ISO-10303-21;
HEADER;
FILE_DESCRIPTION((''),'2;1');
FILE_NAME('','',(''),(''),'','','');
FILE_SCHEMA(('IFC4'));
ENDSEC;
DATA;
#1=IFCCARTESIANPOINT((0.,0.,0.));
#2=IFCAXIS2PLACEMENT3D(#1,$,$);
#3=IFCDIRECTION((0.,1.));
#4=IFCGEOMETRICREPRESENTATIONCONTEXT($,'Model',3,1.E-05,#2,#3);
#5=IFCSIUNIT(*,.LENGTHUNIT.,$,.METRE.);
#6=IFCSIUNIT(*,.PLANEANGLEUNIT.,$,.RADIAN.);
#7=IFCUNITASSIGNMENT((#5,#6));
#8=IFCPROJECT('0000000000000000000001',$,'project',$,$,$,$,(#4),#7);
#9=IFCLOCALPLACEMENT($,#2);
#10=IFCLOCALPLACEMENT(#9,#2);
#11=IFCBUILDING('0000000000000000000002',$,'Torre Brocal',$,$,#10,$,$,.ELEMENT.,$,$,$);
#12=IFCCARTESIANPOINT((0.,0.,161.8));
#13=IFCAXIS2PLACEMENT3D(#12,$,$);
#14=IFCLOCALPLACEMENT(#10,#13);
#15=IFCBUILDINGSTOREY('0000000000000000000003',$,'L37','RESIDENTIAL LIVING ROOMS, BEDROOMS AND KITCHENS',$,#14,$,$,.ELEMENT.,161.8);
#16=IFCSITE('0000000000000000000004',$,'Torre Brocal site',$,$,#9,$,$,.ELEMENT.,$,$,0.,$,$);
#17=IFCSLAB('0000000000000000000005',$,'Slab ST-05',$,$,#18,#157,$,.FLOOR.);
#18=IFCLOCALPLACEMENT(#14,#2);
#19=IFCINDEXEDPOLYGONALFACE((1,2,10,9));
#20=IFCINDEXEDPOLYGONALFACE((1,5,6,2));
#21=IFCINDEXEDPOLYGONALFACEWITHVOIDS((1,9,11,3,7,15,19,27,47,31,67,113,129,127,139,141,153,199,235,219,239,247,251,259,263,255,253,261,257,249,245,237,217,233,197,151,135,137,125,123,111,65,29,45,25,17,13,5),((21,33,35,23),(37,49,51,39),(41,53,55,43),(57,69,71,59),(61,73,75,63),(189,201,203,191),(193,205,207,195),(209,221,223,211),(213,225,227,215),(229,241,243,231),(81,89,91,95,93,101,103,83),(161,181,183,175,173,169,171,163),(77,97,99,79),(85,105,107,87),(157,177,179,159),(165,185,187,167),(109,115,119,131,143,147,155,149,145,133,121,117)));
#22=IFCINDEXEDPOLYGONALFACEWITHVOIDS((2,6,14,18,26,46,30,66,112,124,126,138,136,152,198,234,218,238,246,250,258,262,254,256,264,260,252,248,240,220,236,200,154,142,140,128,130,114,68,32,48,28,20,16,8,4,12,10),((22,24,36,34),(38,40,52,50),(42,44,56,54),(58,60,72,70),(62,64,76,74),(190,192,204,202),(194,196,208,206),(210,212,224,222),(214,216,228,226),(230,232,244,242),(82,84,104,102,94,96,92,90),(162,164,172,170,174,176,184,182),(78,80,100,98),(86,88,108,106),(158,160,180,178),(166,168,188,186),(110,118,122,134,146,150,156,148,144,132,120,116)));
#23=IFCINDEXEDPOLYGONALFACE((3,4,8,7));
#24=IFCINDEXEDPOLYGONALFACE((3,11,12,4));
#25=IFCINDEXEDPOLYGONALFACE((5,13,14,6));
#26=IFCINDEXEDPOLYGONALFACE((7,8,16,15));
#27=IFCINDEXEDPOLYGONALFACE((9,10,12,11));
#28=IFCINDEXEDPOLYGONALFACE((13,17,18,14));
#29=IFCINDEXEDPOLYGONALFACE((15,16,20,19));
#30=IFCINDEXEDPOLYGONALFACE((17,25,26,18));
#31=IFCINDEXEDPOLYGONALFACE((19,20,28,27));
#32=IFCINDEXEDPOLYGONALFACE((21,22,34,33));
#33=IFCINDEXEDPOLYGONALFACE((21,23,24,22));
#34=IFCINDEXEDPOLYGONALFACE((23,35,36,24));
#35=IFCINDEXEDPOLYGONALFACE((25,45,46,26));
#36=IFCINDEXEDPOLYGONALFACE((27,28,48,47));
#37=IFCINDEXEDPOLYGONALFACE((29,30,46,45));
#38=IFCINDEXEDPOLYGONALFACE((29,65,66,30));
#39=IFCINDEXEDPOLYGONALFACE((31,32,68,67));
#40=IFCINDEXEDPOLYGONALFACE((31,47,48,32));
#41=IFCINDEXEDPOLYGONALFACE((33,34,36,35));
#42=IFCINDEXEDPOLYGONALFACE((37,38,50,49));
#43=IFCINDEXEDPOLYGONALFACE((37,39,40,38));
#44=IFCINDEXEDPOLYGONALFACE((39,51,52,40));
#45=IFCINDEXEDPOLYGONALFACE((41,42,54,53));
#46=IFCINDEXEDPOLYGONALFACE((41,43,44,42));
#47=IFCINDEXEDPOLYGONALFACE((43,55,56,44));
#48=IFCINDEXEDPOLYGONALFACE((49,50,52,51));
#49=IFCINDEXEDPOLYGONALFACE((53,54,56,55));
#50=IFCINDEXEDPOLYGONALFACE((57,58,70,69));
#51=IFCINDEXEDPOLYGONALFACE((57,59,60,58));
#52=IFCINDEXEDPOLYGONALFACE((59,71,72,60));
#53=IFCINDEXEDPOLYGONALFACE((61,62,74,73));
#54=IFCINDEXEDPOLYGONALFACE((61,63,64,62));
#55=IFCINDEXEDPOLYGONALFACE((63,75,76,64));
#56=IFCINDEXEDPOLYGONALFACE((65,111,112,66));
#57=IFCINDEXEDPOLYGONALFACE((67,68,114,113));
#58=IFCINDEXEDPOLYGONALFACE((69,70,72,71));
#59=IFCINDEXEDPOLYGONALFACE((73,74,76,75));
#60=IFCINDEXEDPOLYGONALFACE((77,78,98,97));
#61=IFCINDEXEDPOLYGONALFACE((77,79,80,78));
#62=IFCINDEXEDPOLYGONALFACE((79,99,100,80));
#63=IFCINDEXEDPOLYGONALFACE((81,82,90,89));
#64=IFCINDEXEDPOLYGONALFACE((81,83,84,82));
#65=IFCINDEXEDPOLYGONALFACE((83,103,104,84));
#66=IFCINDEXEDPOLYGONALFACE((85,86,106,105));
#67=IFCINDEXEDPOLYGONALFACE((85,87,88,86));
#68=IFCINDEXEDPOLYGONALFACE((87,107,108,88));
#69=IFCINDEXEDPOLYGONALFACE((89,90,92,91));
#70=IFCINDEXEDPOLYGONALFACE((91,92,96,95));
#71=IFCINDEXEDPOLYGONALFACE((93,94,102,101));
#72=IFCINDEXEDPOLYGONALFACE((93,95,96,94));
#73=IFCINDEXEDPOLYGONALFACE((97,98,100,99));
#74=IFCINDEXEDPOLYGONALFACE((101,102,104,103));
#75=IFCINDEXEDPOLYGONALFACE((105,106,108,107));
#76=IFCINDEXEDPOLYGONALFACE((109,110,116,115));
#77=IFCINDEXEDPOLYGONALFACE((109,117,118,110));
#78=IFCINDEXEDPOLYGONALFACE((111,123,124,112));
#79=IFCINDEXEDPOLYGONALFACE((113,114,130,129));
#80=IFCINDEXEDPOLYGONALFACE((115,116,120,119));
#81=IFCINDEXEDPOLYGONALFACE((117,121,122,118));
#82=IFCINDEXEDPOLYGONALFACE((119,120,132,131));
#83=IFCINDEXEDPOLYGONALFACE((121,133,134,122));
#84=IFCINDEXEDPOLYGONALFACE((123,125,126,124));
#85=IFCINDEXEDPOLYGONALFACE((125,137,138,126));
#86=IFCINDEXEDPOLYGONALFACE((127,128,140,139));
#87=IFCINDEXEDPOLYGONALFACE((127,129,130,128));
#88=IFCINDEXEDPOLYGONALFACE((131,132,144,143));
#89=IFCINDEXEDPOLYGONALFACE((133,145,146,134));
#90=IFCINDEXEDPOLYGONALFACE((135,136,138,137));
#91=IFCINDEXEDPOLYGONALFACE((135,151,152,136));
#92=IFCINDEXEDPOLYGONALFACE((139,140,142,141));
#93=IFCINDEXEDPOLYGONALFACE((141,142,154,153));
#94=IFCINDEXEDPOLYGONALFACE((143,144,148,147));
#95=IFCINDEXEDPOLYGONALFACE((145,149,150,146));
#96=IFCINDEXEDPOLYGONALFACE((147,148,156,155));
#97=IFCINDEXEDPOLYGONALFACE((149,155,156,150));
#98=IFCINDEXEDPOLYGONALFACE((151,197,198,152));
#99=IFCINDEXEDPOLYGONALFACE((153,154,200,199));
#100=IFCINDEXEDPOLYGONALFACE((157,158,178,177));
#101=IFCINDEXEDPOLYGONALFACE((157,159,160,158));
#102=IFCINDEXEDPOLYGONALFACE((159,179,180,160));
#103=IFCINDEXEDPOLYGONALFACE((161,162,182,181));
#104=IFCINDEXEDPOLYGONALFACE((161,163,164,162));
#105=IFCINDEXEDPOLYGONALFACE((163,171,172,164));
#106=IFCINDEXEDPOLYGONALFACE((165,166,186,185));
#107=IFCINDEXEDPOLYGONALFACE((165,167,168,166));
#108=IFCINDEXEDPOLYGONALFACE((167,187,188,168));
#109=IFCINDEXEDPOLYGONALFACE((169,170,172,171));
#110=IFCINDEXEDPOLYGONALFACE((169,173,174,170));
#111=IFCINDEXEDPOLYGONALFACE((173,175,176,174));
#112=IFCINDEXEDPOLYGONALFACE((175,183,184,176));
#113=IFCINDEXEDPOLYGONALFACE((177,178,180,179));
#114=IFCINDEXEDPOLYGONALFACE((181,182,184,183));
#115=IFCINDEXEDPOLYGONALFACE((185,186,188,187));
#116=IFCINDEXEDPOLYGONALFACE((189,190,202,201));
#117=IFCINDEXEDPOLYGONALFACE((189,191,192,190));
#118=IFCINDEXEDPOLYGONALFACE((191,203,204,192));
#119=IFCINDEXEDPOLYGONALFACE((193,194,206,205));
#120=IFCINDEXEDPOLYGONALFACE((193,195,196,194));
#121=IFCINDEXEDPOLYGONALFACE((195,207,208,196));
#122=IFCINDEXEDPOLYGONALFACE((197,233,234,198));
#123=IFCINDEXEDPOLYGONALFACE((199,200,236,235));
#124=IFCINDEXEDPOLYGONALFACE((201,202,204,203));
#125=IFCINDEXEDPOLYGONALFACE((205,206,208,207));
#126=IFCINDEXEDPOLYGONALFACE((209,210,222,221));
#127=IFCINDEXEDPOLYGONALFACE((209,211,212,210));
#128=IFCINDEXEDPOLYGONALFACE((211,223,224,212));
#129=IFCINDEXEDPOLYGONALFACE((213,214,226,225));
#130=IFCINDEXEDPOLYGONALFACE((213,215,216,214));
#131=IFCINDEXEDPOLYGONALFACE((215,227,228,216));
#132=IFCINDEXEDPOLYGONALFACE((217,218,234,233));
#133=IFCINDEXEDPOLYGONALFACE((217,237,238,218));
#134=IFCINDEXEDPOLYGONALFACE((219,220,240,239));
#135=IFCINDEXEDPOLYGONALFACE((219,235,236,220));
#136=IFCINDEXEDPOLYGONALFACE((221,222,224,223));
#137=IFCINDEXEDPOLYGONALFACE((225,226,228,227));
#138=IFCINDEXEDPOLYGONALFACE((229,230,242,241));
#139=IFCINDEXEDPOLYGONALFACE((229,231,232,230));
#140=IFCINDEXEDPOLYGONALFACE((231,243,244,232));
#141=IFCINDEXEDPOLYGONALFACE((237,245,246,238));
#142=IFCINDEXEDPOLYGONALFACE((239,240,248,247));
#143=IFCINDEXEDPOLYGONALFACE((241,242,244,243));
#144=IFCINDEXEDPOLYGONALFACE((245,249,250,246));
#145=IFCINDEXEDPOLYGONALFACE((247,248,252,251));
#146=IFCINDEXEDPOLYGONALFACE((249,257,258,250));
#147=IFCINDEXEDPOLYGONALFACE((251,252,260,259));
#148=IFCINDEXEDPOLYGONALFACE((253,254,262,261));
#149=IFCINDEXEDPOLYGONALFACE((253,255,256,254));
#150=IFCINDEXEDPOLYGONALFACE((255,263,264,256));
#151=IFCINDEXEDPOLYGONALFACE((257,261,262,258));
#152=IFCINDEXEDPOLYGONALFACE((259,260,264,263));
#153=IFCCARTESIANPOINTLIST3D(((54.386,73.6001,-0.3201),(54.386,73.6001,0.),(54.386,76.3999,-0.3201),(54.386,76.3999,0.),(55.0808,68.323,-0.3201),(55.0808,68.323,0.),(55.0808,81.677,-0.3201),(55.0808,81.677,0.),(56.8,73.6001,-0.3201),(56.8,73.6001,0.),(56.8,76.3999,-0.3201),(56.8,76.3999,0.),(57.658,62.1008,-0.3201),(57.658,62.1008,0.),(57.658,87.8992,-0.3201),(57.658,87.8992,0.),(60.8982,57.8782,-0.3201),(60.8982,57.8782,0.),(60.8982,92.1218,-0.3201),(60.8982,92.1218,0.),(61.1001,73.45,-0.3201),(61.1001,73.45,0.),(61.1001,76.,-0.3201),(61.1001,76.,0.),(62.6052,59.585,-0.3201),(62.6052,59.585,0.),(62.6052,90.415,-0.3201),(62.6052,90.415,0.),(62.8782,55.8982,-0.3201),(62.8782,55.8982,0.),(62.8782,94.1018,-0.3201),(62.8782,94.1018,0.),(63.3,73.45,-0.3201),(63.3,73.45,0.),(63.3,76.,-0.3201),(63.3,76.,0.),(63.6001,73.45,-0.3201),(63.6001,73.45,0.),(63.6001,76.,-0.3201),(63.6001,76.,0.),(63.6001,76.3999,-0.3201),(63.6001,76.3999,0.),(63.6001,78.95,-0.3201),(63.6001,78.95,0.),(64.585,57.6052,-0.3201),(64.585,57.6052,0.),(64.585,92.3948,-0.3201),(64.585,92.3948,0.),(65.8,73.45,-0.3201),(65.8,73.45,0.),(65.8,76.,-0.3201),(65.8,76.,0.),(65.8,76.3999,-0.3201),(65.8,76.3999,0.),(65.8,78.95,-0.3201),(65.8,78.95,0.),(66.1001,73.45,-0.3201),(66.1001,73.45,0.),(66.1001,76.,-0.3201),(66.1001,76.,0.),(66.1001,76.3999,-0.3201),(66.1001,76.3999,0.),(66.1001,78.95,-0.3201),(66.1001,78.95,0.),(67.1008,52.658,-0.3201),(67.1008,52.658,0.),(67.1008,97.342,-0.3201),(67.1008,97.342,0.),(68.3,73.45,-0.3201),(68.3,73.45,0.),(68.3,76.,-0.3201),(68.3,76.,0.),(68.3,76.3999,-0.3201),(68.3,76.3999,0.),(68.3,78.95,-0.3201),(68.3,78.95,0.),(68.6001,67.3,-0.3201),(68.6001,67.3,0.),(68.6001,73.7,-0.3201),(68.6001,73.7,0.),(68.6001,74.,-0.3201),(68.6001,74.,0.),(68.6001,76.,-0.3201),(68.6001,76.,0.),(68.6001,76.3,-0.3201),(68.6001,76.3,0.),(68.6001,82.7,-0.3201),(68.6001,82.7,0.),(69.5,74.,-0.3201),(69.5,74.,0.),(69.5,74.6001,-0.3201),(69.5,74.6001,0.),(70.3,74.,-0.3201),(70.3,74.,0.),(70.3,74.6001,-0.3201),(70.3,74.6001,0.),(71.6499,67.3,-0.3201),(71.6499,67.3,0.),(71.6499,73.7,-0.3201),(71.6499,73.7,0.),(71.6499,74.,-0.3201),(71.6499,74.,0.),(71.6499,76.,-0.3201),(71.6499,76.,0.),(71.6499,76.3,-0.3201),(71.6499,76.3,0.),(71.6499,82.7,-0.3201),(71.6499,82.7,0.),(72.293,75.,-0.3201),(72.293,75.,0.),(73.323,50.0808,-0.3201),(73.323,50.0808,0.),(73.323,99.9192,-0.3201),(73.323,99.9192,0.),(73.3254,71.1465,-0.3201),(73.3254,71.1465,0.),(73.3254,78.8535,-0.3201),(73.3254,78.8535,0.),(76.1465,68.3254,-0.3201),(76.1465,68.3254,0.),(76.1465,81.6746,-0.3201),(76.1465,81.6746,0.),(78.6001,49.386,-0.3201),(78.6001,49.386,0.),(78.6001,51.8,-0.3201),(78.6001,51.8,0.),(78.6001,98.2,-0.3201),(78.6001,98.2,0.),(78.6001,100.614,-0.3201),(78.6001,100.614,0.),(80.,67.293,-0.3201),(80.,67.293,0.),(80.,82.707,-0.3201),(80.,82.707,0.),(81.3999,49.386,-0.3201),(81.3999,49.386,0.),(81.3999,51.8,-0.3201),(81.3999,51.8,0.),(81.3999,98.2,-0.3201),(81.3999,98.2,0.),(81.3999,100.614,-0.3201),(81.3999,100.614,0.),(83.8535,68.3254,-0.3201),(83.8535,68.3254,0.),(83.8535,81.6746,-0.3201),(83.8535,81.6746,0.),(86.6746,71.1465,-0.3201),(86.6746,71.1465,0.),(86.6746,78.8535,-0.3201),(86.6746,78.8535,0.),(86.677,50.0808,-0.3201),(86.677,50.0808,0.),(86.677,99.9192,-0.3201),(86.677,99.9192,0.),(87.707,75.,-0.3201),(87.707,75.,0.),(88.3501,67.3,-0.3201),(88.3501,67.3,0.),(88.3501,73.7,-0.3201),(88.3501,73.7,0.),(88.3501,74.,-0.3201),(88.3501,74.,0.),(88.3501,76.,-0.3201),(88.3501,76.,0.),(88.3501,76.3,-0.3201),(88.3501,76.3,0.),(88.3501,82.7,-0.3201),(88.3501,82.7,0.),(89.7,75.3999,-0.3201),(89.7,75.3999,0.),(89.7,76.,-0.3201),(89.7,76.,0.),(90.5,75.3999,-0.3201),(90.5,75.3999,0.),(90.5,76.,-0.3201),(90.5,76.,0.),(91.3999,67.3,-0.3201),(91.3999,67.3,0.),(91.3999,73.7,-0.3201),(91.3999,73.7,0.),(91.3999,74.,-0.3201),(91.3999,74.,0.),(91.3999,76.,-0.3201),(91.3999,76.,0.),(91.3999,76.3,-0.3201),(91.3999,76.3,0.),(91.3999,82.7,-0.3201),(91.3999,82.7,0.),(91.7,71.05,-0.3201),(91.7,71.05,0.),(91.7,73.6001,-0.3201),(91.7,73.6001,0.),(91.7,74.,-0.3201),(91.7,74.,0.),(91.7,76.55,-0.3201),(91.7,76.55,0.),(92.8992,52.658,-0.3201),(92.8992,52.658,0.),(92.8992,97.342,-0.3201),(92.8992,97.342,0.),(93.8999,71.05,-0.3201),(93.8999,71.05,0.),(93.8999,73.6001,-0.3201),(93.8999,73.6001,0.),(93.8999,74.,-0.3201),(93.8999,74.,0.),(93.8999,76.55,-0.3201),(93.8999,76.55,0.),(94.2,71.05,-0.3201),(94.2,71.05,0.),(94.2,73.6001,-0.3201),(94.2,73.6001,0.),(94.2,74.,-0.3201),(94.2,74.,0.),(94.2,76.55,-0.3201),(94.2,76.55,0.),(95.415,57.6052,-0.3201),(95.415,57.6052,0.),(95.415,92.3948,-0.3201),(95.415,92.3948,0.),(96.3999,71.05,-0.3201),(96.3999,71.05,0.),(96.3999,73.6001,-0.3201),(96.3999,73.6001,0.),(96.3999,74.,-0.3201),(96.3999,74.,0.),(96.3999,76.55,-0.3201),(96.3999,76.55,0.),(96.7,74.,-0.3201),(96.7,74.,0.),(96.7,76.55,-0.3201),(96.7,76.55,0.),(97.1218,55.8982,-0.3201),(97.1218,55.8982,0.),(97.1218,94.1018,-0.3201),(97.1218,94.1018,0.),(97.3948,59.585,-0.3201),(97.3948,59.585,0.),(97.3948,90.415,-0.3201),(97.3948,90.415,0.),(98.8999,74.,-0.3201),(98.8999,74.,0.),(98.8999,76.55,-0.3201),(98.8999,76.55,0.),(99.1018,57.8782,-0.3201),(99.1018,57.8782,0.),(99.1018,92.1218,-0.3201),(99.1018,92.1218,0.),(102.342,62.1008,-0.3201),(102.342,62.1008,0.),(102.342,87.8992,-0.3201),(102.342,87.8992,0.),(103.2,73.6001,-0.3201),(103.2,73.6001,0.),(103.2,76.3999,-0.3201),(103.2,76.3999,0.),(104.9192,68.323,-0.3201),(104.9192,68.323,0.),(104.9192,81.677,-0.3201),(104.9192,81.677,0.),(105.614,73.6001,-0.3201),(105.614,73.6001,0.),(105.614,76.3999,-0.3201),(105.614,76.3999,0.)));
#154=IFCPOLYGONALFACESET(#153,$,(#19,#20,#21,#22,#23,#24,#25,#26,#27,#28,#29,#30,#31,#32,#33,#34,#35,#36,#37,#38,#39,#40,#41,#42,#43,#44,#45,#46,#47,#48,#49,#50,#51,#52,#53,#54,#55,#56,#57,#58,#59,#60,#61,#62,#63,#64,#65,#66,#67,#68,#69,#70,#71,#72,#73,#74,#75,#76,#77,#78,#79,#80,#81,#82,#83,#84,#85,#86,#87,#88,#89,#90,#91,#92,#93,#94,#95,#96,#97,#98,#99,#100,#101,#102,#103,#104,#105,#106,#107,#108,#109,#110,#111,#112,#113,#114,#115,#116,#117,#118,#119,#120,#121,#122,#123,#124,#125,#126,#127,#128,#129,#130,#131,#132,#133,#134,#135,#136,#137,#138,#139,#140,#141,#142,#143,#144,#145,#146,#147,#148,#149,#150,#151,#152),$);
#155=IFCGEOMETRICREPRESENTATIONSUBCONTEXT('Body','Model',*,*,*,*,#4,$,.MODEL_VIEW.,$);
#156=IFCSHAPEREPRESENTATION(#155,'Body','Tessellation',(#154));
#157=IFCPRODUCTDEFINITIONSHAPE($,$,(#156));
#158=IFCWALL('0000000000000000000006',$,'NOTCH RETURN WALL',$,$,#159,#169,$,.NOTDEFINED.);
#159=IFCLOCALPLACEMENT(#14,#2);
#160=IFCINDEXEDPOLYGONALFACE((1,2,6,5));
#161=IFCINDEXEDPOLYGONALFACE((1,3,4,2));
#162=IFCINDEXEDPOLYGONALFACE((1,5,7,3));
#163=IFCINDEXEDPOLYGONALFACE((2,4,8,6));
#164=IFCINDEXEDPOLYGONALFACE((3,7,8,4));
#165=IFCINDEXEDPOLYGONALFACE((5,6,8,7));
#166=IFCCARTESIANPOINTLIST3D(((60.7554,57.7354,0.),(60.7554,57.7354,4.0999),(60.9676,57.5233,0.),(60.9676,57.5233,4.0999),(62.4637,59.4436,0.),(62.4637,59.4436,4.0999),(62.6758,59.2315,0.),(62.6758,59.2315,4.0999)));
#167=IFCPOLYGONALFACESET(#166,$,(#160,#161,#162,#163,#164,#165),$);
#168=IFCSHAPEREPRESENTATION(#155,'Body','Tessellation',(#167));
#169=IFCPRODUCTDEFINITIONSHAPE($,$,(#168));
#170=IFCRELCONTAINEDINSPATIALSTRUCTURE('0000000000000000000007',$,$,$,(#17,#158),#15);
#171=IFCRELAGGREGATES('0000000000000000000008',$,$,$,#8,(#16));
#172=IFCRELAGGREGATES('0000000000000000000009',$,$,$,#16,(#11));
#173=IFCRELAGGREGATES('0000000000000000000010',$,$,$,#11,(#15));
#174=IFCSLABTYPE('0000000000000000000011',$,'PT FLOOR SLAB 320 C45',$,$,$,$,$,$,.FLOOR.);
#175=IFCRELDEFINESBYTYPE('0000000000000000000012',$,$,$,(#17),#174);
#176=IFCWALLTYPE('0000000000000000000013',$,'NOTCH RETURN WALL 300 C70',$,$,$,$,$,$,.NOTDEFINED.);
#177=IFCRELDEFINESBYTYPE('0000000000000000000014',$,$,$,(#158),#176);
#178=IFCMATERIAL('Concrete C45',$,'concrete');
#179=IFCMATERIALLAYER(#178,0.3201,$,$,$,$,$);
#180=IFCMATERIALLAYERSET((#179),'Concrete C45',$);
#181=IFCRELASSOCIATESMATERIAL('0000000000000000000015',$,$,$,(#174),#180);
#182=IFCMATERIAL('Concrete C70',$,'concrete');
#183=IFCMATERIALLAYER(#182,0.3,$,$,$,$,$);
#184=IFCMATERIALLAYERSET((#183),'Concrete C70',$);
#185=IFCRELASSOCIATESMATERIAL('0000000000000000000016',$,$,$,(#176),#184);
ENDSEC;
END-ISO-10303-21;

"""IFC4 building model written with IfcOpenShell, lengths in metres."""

from ifc_helpers import new_model, si_unit, direction, frame, frame_2d, origin, place, context, subcontext, project, spatial, polyline, rectangle, outline, extrude, material, layer, layer_set, type_object, element, save


model = new_model("IFC4")

# Units and contexts
model_context = context("Model", 3, precision=1e-05, world=origin(), true_north=direction((0.0, 1.0)))
body_context = subcontext(model_context, "Body", "Model", "MODEL_VIEW")
ifc_project = project(units=[si_unit("LENGTHUNIT", "METRE"), si_unit("PLANEANGLEUNIT", "RADIAN")], contexts=[model_context])

# Site, building, storey
site_placement = place(None, origin())
site = spatial("IfcSite", under=ifc_project, at=site_placement, Name="Torre Brocal site", CompositionType="ELEMENT", RefElevation=0.0)
building_placement = place(site_placement, origin())
building = spatial("IfcBuilding", under=site, at=building_placement, Name="Torre Brocal", CompositionType="ELEMENT")
storey_placement = place(building_placement, frame((0.0, 0.0, 161.8)))
storey = spatial("IfcBuildingStorey", under=building, at=storey_placement, Name="L37", Description="RESIDENTIAL LIVING ROOMS, BEDROOMS AND KITCHENS", CompositionType="ELEMENT", Elevation=161.8)

# Slab
ifc_material_1 = material(Name="Concrete C45", Category="concrete")
ifc_layer_1 = layer(ifc_material_1, 0.3201)
ifc_layer_set_1 = layer_set([ifc_layer_1], Name="Concrete C45")
slab_type_1 = type_object("IfcSlabType", Name="PT FLOOR SLAB 320 C45", PredefinedType="FLOOR", material=ifc_layer_set_1)
slab_1_placement = place(storey_placement, frame((0.0, 0.0, -0.3201)))
element("IfcSlab", 1, at=slab_1_placement, inside=storey, type_object=slab_type_1, Name="Slab ST-05", PredefinedType="FLOOR", context=body_context, shape_type="SweptSolid", body=[
    extrude(outline(polyline([(103.2, 76.3999), (103.2, 73.6001), (105.614, 73.6001), (104.9192, 68.323), (102.342, 62.1008), (99.1018, 57.8782), (97.3948, 59.585), (95.415, 57.6052), (97.1218, 55.8982), (92.8992, 52.658), (86.677, 50.0808), (81.3999, 49.386), (81.3999, 51.8), (78.6001, 51.8), (78.6001, 49.386), (73.323, 50.0808), (67.1008, 52.658), (62.8782, 55.8982), (64.585, 57.6052), (62.6052, 59.585), (60.8982, 57.8782), (57.658, 62.1008), (55.0808, 68.323), (54.386, 73.6001), (56.8, 73.6001), (56.8, 76.3999), (54.386, 76.3999), (55.0808, 81.677), (57.658, 87.8992), (60.8982, 92.1218), (62.6052, 90.415), (64.585, 92.3948), (62.8782, 94.1018), (67.1008, 97.342), (73.323, 99.9192), (78.6001, 100.614), (78.6001, 98.2), (81.3999, 98.2), (81.3999, 100.614), (86.677, 99.9192), (92.8992, 97.342), (97.1218, 94.1018), (95.415, 92.3948), (97.3948, 90.415), (99.1018, 92.1218), (102.342, 87.8992), (104.9192, 81.677), (105.614, 76.3999), (103.2, 76.3999)]), holes=[polyline([(98.8999, 76.55), (96.7, 76.55), (96.7, 74.0), (98.8999, 74.0), (98.8999, 76.55)]), polyline([(96.3999, 76.55), (94.2, 76.55), (94.2, 74.0), (96.3999, 74.0), (96.3999, 76.55)]), polyline([(96.3999, 73.6001), (94.2, 73.6001), (94.2, 71.05), (96.3999, 71.05), (96.3999, 73.6001)]), polyline([(93.8999, 76.55), (91.7, 76.55), (91.7, 74.0), (93.8999, 74.0), (93.8999, 76.55)]), polyline([(93.8999, 73.6001), (91.7, 73.6001), (91.7, 71.05), (93.8999, 71.05), (93.8999, 73.6001)]), polyline([(89.7, 76.0), (88.3501, 76.0), (88.3501, 74.0), (91.3999, 74.0), (91.3999, 76.0), (90.5, 76.0), (90.5, 75.3999), (89.7, 75.3999), (89.7, 76.0)]), polyline([(91.3999, 82.7), (88.3501, 82.7), (88.3501, 76.3), (91.3999, 76.3), (91.3999, 82.7)]), polyline([(91.3999, 73.7), (88.3501, 73.7), (88.3501, 67.3), (91.3999, 67.3), (91.3999, 73.7)]), polyline([(80.0, 82.707), (76.1465, 81.6746), (73.3254, 78.8535), (72.293, 75.0), (73.3254, 71.1465), (76.1465, 68.3254), (80.0, 67.293), (83.8535, 68.3254), (86.6746, 71.1465), (87.707, 75.0), (86.6746, 78.8535), (83.8535, 81.6746), (80.0, 82.707)]), polyline([(70.3, 74.0), (71.6499, 74.0), (71.6499, 76.0), (68.6001, 76.0), (68.6001, 74.0), (69.5, 74.0), (69.5, 74.6001), (70.3, 74.6001), (70.3, 74.0)]), polyline([(68.6001, 76.3), (71.6499, 76.3), (71.6499, 82.7), (68.6001, 82.7), (68.6001, 76.3)]), polyline([(68.6001, 67.3), (71.6499, 67.3), (71.6499, 73.7), (68.6001, 73.7), (68.6001, 67.3)]), polyline([(66.1001, 76.3999), (68.3, 76.3999), (68.3, 78.95), (66.1001, 78.95), (66.1001, 76.3999)]), polyline([(66.1001, 73.45), (68.3, 73.45), (68.3, 76.0), (66.1001, 76.0), (66.1001, 73.45)]), polyline([(63.6001, 76.3999), (65.8, 76.3999), (65.8, 78.95), (63.6001, 78.95), (63.6001, 76.3999)]), polyline([(63.6001, 73.45), (65.8, 73.45), (65.8, 76.0), (63.6001, 76.0), (63.6001, 73.45)]), polyline([(61.1001, 73.45), (63.3, 73.45), (63.3, 76.0), (61.1001, 76.0), (61.1001, 73.45)])]), origin(), (0.0, 0.0, 1.0), 0.3201),
])

# Wall
ifc_material_2 = material(Name="Concrete C70", Category="concrete")
ifc_layer_2 = layer(ifc_material_2, 0.3)
ifc_layer_set_2 = layer_set([ifc_layer_2], Name="Concrete C70")
wall_type_1 = type_object("IfcWallType", Name="NOTCH RETURN WALL 300 C70", PredefinedType="NOTDEFINED", material=ifc_layer_set_2)
for number, where, z_axis, x_axis, name in (
    (2, (62.5698, 59.3376, 0.0), (0.0, 0.0, 1.0), (-0.707107, -0.707107, 0.0), "NOTCH RETURN WALL"),
):
    element("IfcWall", number, at=place(storey_placement, frame(where, z_axis=z_axis, x_axis=x_axis)), inside=storey, type_object=wall_type_1, Name=name, PredefinedType="NOTDEFINED", context=body_context, shape_type="SweptSolid", body=[
        extrude(rectangle(XDim=2.4158, YDim=0.3, at=frame_2d((1.208, 0.0))), origin(), (0.0, 0.0, 1.0), 4.0999),
    ])

save(model, "model.ifc")
